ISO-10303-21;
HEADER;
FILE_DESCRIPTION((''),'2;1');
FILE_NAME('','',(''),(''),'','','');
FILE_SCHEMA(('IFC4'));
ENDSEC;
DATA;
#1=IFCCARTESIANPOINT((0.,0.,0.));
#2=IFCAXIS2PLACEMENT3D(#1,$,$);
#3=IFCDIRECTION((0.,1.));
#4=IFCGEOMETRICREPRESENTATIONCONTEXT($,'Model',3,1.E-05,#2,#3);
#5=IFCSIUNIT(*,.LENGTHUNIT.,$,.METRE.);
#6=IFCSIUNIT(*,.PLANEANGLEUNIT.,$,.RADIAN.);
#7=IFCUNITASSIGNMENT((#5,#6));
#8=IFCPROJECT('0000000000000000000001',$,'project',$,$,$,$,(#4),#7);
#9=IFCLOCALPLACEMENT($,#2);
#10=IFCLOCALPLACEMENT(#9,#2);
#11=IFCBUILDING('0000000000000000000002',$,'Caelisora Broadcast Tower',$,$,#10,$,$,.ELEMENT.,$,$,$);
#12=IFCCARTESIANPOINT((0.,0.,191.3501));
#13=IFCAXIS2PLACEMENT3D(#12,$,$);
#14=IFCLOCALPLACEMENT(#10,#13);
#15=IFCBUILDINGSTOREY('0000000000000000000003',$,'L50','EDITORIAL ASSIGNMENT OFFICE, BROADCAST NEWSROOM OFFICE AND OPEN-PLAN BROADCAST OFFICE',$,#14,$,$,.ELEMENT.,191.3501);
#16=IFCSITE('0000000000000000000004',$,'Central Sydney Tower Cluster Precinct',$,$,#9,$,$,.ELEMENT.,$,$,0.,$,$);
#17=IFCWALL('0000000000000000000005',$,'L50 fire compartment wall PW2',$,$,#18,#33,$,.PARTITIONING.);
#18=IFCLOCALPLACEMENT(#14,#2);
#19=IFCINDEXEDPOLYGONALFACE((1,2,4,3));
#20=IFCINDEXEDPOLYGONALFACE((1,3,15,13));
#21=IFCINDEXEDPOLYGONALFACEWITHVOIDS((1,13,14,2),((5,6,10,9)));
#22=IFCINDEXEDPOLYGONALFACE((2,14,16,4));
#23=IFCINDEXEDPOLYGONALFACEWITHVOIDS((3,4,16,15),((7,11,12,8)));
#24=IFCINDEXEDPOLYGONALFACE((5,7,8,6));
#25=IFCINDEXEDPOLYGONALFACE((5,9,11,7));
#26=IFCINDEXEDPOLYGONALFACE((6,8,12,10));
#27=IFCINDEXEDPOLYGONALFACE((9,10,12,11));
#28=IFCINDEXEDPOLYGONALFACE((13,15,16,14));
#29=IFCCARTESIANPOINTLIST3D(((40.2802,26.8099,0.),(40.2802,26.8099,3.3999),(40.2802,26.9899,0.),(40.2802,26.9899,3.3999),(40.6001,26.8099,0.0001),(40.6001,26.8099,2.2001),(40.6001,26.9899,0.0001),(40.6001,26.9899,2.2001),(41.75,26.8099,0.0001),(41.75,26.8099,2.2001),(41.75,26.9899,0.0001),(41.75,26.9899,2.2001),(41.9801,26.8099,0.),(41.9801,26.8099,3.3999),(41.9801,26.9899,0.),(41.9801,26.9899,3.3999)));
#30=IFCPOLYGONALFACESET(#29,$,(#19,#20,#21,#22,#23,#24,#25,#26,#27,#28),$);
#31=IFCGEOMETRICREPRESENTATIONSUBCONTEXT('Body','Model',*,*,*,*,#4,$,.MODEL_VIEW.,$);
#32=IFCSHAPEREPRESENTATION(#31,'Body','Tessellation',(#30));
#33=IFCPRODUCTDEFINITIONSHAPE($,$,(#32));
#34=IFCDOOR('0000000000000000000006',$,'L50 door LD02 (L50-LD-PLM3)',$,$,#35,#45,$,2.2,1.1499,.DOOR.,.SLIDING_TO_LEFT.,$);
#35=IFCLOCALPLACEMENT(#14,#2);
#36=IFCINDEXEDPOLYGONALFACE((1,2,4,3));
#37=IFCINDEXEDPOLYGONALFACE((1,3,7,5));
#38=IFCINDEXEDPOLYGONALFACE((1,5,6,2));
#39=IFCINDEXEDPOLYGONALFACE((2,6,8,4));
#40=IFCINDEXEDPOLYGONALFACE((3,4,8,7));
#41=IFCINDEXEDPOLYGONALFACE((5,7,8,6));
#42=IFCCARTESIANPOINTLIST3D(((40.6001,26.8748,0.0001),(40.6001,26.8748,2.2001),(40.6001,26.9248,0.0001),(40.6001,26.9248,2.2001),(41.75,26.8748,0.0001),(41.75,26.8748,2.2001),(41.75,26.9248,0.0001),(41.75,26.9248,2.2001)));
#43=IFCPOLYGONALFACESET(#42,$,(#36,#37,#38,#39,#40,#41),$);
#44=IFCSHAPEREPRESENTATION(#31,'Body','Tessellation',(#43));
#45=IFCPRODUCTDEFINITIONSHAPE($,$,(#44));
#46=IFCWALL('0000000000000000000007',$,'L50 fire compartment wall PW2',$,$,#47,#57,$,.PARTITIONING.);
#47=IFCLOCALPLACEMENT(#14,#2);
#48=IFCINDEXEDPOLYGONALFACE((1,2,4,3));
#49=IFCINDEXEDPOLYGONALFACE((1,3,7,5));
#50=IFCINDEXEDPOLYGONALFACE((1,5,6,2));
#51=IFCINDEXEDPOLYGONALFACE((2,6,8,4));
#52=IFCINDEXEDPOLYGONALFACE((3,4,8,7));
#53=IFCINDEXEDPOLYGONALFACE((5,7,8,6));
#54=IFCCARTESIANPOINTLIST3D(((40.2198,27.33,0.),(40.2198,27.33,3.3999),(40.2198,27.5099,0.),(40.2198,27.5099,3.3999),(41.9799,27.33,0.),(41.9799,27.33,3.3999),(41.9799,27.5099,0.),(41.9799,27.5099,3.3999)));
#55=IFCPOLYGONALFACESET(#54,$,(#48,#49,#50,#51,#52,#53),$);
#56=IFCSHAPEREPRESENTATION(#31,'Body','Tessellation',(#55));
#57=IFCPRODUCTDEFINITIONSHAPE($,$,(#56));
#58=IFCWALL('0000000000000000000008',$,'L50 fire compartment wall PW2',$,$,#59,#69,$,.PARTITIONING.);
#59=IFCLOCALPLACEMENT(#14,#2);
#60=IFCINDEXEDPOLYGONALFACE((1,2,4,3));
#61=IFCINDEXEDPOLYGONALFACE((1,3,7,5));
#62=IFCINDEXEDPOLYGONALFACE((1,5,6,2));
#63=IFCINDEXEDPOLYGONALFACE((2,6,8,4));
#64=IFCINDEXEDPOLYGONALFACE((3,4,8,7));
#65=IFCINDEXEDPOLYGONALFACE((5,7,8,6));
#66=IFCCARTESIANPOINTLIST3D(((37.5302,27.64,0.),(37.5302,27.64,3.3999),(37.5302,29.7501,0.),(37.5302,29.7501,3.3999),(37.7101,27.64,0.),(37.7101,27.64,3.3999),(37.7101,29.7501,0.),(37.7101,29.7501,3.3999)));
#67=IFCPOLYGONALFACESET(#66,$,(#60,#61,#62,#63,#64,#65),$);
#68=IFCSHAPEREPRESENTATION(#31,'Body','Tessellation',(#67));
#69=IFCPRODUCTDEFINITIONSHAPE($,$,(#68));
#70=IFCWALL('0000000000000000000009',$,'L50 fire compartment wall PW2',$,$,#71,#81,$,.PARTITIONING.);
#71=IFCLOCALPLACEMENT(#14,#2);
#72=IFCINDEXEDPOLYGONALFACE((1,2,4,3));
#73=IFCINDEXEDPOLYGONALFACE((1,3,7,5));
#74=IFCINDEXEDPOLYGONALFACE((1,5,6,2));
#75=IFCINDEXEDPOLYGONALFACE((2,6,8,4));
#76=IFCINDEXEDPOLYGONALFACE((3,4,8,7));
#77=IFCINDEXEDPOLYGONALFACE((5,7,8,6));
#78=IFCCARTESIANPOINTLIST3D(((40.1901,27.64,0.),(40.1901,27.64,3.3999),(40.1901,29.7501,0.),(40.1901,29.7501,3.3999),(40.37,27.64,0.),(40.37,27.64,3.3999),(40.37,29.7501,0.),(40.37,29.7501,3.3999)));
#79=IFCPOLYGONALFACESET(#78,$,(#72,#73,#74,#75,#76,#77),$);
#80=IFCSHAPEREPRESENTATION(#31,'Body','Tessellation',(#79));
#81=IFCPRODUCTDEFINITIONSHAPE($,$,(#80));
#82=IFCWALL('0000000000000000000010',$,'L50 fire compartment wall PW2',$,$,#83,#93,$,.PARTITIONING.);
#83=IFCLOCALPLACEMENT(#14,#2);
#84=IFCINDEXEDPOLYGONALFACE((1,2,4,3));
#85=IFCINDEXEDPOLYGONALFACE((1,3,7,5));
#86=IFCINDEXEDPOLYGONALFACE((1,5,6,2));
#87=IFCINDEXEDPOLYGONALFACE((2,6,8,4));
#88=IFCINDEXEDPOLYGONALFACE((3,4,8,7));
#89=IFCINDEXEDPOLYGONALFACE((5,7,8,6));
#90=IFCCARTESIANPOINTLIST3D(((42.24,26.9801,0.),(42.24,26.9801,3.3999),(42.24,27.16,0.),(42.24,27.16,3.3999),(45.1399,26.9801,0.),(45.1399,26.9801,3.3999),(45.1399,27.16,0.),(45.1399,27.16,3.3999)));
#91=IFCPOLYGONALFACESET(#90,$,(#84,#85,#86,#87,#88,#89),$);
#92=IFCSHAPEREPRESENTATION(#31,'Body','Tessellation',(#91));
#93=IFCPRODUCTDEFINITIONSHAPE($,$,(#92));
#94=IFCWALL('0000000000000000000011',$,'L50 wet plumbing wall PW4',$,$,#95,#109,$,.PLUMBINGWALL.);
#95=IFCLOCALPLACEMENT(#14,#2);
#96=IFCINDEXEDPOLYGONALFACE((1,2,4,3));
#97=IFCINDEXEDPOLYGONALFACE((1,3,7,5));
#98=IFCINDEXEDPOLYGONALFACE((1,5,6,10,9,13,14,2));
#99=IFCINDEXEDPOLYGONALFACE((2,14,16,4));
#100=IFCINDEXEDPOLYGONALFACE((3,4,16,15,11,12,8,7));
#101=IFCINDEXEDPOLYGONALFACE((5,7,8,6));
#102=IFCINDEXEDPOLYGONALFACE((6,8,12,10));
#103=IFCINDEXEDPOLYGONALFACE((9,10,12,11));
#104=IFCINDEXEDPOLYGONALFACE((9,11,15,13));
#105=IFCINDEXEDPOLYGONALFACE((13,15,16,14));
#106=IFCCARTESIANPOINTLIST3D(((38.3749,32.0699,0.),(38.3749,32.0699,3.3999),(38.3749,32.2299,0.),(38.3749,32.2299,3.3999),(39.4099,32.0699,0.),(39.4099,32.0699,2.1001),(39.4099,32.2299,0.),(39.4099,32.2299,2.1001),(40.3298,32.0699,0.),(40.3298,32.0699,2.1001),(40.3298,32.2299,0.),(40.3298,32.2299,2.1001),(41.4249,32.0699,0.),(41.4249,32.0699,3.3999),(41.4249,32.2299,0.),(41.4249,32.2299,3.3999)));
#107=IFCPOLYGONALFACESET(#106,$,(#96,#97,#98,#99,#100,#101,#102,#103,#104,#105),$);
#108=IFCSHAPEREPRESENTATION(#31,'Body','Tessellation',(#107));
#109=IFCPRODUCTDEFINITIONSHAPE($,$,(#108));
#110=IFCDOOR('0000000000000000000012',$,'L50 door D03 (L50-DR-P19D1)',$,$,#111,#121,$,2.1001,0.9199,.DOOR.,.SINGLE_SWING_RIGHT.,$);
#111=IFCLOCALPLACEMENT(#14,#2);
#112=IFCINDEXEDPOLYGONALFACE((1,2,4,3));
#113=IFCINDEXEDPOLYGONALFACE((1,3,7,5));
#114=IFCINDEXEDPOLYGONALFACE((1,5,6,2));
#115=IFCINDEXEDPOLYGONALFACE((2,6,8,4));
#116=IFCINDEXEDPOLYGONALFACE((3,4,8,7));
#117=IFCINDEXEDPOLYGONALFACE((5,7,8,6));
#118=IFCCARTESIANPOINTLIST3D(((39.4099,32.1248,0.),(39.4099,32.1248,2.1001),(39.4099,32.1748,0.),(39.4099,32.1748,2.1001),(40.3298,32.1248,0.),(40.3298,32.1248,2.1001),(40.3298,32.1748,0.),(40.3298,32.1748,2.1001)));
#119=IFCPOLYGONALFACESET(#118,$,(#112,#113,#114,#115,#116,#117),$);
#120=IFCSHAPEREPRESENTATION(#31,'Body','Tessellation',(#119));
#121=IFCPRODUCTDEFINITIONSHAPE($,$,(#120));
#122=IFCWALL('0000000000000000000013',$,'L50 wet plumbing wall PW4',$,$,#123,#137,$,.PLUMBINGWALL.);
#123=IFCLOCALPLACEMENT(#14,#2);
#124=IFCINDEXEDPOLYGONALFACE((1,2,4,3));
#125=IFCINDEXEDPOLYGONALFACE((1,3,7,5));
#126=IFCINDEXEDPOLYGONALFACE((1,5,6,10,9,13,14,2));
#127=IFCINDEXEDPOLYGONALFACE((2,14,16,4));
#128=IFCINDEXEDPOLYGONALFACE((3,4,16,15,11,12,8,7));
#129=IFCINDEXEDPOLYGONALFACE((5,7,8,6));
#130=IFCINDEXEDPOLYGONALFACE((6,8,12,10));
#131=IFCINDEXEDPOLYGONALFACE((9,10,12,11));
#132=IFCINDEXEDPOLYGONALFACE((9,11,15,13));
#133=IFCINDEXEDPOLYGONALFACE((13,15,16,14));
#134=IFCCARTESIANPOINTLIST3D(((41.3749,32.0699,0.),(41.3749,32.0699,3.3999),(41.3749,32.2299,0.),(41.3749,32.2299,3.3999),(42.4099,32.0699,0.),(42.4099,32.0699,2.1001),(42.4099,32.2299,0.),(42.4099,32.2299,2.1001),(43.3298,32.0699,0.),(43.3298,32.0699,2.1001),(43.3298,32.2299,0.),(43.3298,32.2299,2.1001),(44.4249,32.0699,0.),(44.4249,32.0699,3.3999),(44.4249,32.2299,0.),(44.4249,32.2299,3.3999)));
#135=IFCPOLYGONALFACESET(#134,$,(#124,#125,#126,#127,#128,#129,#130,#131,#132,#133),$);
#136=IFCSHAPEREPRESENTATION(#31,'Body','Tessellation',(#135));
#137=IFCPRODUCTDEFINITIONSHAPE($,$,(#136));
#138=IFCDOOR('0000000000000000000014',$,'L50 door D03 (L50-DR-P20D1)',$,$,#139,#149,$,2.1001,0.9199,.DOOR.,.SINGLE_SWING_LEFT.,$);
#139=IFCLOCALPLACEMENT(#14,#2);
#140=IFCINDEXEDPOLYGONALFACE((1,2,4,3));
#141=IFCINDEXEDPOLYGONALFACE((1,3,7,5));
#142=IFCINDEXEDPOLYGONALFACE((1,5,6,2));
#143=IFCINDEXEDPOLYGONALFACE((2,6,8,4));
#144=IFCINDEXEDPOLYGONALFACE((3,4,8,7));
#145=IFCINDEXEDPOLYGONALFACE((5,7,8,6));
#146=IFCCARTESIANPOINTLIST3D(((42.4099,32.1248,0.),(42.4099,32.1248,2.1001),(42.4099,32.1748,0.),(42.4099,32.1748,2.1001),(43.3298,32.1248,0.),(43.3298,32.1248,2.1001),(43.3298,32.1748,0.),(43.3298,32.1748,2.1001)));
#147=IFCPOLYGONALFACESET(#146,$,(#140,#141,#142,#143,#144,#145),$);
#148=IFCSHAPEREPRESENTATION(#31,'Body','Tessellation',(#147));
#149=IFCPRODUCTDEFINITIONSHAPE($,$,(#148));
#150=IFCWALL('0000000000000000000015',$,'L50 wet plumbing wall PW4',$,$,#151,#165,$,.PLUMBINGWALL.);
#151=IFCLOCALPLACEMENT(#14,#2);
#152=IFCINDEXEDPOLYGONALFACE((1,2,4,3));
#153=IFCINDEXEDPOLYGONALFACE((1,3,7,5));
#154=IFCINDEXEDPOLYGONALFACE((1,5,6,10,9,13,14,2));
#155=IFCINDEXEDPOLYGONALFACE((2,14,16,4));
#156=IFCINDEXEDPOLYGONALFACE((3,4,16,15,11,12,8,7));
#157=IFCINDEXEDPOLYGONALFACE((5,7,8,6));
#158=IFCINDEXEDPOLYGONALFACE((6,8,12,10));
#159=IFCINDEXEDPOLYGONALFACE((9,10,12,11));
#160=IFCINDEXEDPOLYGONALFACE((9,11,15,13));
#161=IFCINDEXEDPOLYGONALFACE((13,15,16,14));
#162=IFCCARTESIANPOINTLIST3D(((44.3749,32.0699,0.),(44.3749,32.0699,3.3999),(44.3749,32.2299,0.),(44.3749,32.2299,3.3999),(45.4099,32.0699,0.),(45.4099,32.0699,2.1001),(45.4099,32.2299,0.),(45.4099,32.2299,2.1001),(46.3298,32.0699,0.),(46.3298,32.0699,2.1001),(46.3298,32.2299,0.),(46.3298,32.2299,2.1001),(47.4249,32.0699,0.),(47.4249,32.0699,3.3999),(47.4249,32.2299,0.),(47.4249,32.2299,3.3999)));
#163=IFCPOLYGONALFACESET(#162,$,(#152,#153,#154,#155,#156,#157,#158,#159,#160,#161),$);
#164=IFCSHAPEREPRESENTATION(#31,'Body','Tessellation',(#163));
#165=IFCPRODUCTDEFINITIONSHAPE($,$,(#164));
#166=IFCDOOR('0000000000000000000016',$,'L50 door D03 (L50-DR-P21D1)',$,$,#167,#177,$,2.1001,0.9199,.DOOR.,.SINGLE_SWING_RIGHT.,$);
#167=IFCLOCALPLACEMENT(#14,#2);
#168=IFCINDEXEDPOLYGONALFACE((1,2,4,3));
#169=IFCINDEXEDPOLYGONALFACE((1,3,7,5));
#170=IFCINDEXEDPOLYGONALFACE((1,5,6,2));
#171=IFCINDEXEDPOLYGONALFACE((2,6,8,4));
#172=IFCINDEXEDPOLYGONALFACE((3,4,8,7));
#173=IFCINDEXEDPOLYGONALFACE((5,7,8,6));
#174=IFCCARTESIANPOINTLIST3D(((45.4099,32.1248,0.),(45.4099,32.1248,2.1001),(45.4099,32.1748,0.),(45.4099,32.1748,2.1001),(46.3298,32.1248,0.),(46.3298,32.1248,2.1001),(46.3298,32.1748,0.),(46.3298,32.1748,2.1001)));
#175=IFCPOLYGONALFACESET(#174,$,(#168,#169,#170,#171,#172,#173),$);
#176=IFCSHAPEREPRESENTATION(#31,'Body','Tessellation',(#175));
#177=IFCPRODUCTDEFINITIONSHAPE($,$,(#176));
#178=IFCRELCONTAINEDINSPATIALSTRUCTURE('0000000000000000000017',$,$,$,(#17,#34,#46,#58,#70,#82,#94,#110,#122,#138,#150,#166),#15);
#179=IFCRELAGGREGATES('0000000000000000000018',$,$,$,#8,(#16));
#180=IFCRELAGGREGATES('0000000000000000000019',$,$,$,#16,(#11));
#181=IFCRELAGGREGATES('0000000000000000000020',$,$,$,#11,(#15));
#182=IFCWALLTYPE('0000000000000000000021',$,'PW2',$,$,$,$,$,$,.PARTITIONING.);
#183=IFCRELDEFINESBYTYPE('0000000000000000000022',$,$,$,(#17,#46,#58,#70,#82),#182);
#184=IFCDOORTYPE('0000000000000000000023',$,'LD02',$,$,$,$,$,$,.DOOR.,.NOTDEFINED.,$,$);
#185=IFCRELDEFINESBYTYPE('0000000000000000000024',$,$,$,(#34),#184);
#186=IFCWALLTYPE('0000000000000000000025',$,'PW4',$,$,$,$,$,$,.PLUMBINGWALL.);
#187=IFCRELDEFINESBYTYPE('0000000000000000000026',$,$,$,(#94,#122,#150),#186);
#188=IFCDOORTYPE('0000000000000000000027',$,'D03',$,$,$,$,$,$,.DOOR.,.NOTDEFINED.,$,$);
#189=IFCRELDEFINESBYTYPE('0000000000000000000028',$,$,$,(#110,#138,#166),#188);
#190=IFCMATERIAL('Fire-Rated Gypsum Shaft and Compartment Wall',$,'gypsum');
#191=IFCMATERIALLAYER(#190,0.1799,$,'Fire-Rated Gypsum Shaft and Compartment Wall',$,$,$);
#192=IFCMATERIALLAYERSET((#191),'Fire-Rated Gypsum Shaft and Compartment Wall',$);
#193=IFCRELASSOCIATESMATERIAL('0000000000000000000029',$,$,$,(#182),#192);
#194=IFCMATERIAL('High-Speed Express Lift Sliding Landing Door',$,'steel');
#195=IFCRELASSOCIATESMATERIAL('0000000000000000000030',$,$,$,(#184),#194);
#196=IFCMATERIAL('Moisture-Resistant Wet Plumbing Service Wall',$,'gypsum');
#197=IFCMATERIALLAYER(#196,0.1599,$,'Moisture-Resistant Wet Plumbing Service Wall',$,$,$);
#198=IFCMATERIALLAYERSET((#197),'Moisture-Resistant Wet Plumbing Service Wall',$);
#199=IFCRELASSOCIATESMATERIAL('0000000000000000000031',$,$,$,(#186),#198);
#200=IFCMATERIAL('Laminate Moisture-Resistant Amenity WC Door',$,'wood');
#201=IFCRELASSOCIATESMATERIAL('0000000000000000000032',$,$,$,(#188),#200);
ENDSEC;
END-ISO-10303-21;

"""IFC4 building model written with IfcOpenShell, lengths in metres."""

from ifc_helpers import new_model, si_unit, direction, frame, frame_2d, origin, place, context, subcontext, project, spatial, rectangle, extrude, material, layer, layer_set, type_object, element, fill, save


model = new_model("IFC4")

# Units and contexts
model_context = context("Model", 3, precision=1e-05, world=origin(), true_north=direction((0.0, 1.0)))
body_context = subcontext(model_context, "Body", "Model", "MODEL_VIEW")
ifc_project = project(units=[si_unit("LENGTHUNIT", "METRE"), si_unit("PLANEANGLEUNIT", "RADIAN")], contexts=[model_context])

# Site, building, storey
site_placement = place(None, origin())
site = spatial("IfcSite", under=ifc_project, at=site_placement, Name="Central Sydney Tower Cluster Precinct", CompositionType="ELEMENT", RefElevation=0.0)
building_placement = place(site_placement, origin())
building = spatial("IfcBuilding", under=site, at=building_placement, Name="Caelisora Broadcast Tower", CompositionType="ELEMENT")
storey_placement = place(building_placement, frame((0.0, 0.0, 191.3501)))
storey = spatial("IfcBuildingStorey", under=building, at=storey_placement, Name="L50", Description="EDITORIAL ASSIGNMENT OFFICE, BROADCAST NEWSROOM OFFICE AND OPEN-PLAN BROADCAST OFFICE", CompositionType="ELEMENT", Elevation=191.3501)

# Wall, opening, door
ifc_material_1 = material(Name="Fire-Rated Gypsum Shaft and Compartment Wall", Category="gypsum")
ifc_layer_1 = layer(ifc_material_1, 0.1799, Name="Fire-Rated Gypsum Shaft and Compartment Wall")
ifc_layer_set_1 = layer_set([ifc_layer_1], Name="Fire-Rated Gypsum Shaft and Compartment Wall")
wall_type_1 = type_object("IfcWallType", Name="PW2", PredefinedType="PARTITIONING", material=ifc_layer_set_1)
wall_1_placement = place(storey_placement, frame((40.28, 26.8999, 0.0), z_axis=(0.0, 0.0, 1.0), x_axis=(1.0, 0.0, 0.0)))
wall_1 = element("IfcWall", 1, at=wall_1_placement, inside=storey, type_object=wall_type_1, Name="L50 fire compartment wall PW2", PredefinedType="PARTITIONING", context=body_context, shape_type="SweptSolid", body=[
    extrude(rectangle(XDim=1.7, YDim=0.1799, at=frame_2d((0.8501, 0.0))), origin(), (0.0, 0.0, 1.0), 3.3999),
])
opening_1_placement = place(wall_1_placement, frame((0.3201, 0.0, 0.0)))
opening_1 = element("IfcOpeningElement", 2, at=opening_1_placement, cuts=wall_1, PredefinedType="OPENING", context=body_context, shape_type="SweptSolid", body=[
    extrude(rectangle(XDim=1.1499, YDim=2.2, at=frame_2d((0.575, 1.1001))), frame((0.0, 0.1021, 0.0), z_axis=(0.0, -1.0, 0.0), x_axis=(1.0, 0.0, 0.0)), (0.0, 0.0, 1.0), 0.2039),
])
ifc_material_2 = material(Name="High-Speed Express Lift Sliding Landing Door", Category="steel")
door_type_1 = type_object("IfcDoorType", Name="LD02", OperationType="NOTDEFINED", PredefinedType="DOOR", material=ifc_material_2)
door_1_placement = place(opening_1_placement, origin())
door_1 = element("IfcDoor", 3, at=door_1_placement, inside=storey, type_object=door_type_1, Name="L50 door LD02 (L50-LD-PLM3)", OperationType="SLIDING_TO_LEFT", OverallHeight=2.2, OverallWidth=1.1499, PredefinedType="DOOR", context=body_context, shape_type="SweptSolid", body=[
    extrude(rectangle(XDim=1.1499, YDim=2.2, at=frame_2d((0.575, 1.1001))), frame((0.0, 0.0249, 0.0), z_axis=(0.0, -1.0, 0.0), x_axis=(1.0, 0.0, 0.0)), (0.0, 0.0, 1.0), 0.05),
])
fill(opening_1, door_1)

# Walls
wall_2_placement = place(storey_placement, frame((40.22, 27.4199, 0.0), z_axis=(0.0, 0.0, 1.0), x_axis=(1.0, 0.0, 0.0)))
element("IfcWall", 4, at=wall_2_placement, inside=storey, type_object=wall_type_1, Name="L50 fire compartment wall PW2", PredefinedType="PARTITIONING", context=body_context, shape_type="SweptSolid", body=[
    extrude(rectangle(XDim=1.76, YDim=0.1799, at=frame_2d((0.8799, 0.0))), origin(), (0.0, 0.0, 1.0), 3.3999),
])
for number, where, z_axis, x_axis, name in (
    (5, (37.6201, 27.6399, 0.0), (0.0, 0.0, 1.0), (0.0, 1.0, 0.0), "L50 fire compartment wall PW2"),
    (6, (40.28, 27.6399, 0.0), (0.0, 0.0, 1.0), (0.0, 1.0, 0.0), "L50 fire compartment wall PW2"),
):
    element("IfcWall", number, at=place(storey_placement, frame(where, z_axis=z_axis, x_axis=x_axis)), inside=storey, type_object=wall_type_1, Name=name, PredefinedType="PARTITIONING", context=body_context, shape_type="SweptSolid", body=[
        extrude(rectangle(XDim=2.1101, YDim=0.1799, at=frame_2d((1.0552, 0.0))), origin(), (0.0, 0.0, 1.0), 3.3999),
    ])
wall_3_placement = place(storey_placement, frame((42.24, 27.0701, 0.0), z_axis=(0.0, 0.0, 1.0), x_axis=(1.0, 0.0, 0.0)))
element("IfcWall", 7, at=wall_3_placement, inside=storey, type_object=wall_type_1, Name="L50 fire compartment wall PW2", PredefinedType="PARTITIONING", context=body_context, shape_type="SweptSolid", body=[
    extrude(rectangle(XDim=2.8999, YDim=0.1799, at=frame_2d((1.45, 0.0))), origin(), (0.0, 0.0, 1.0), 3.3999),
])

# Walls, openings, doors
ifc_material_3 = material(Name="Moisture-Resistant Wet Plumbing Service Wall", Category="gypsum")
ifc_layer_2 = layer(ifc_material_3, 0.1599, Name="Moisture-Resistant Wet Plumbing Service Wall")
ifc_layer_set_2 = layer_set([ifc_layer_2], Name="Moisture-Resistant Wet Plumbing Service Wall")
wall_type_2 = type_object("IfcWallType", Name="PW4", PredefinedType="PLUMBINGWALL", material=ifc_layer_set_2)
wall_4_placement = place(storey_placement, frame((38.375, 32.1499, 0.0), z_axis=(0.0, 0.0, 1.0), x_axis=(1.0, 0.0, 0.0)))
wall_4 = element("IfcWall", 8, at=wall_4_placement, inside=storey, type_object=wall_type_2, Name="L50 wet plumbing wall PW4", PredefinedType="PLUMBINGWALL", context=body_context, shape_type="SweptSolid", body=[
    extrude(rectangle(XDim=3.05, YDim=0.1599, at=frame_2d((1.5249, 0.0))), origin(), (0.0, 0.0, 1.0), 3.3999),
])
opening_2_placement = place(wall_4_placement, frame((1.0349, 0.0, 0.0)))
opening_2 = element("IfcOpeningElement", 9, at=opening_2_placement, cuts=wall_4, PredefinedType="OPENING", context=body_context, shape_type="SweptSolid", body=[
    extrude(rectangle(XDim=0.9199, YDim=2.1001, at=frame_2d((0.46, 1.05))), frame((0.0, 0.092, 0.0), z_axis=(0.0, -1.0, 0.0), x_axis=(1.0, 0.0, 0.0)), (0.0, 0.0, 1.0), 0.1838),
])
ifc_material_4 = material(Name="Laminate Moisture-Resistant Amenity WC Door", Category="wood")
door_type_2 = type_object("IfcDoorType", Name="D03", OperationType="NOTDEFINED", PredefinedType="DOOR", material=ifc_material_4)
door_2_placement = place(opening_2_placement, origin())
door_2 = element("IfcDoor", 10, at=door_2_placement, inside=storey, type_object=door_type_2, Name="L50 door D03 (L50-DR-P19D1)", OperationType="SINGLE_SWING_RIGHT", OverallHeight=2.1001, OverallWidth=0.9199, PredefinedType="DOOR", context=body_context, shape_type="SweptSolid", body=[
    extrude(rectangle(XDim=0.9199, YDim=2.1001, at=frame_2d((0.46, 1.05))), frame((0.0, 0.0249, 0.0), z_axis=(0.0, -1.0, 0.0), x_axis=(1.0, 0.0, 0.0)), (0.0, 0.0, 1.0), 0.05),
])
fill(opening_2, door_2)
wall_5_placement = place(storey_placement, frame((41.375, 32.1499, 0.0), z_axis=(0.0, 0.0, 1.0), x_axis=(1.0, 0.0, 0.0)))
wall_5 = element("IfcWall", 11, at=wall_5_placement, inside=storey, type_object=wall_type_2, Name="L50 wet plumbing wall PW4", PredefinedType="PLUMBINGWALL", context=body_context, shape_type="SweptSolid", body=[
    extrude(rectangle(XDim=3.05, YDim=0.1599, at=frame_2d((1.5249, 0.0))), origin(), (0.0, 0.0, 1.0), 3.3999),
])
opening_3_placement = place(wall_5_placement, frame((1.0349, 0.0, 0.0)))
opening_3 = element("IfcOpeningElement", 12, at=opening_3_placement, cuts=wall_5, PredefinedType="OPENING", context=body_context, shape_type="SweptSolid", body=[
    extrude(rectangle(XDim=0.9199, YDim=2.1001, at=frame_2d((0.46, 1.05))), frame((0.0, 0.092, 0.0), z_axis=(0.0, -1.0, 0.0), x_axis=(1.0, 0.0, 0.0)), (0.0, 0.0, 1.0), 0.1838),
])
door_3_placement = place(opening_3_placement, origin())
door_3 = element("IfcDoor", 13, at=door_3_placement, inside=storey, type_object=door_type_2, Name="L50 door D03 (L50-DR-P20D1)", OperationType="SINGLE_SWING_LEFT", OverallHeight=2.1001, OverallWidth=0.9199, PredefinedType="DOOR", context=body_context, shape_type="SweptSolid", body=[
    extrude(rectangle(XDim=0.9199, YDim=2.1001, at=frame_2d((0.46, 1.05))), frame((0.0, 0.0249, 0.0), z_axis=(0.0, -1.0, 0.0), x_axis=(1.0, 0.0, 0.0)), (0.0, 0.0, 1.0), 0.05),
])
fill(opening_3, door_3)
wall_6_placement = place(storey_placement, frame((44.375, 32.1499, 0.0), z_axis=(0.0, 0.0, 1.0), x_axis=(1.0, 0.0, 0.0)))
wall_6 = element("IfcWall", 14, at=wall_6_placement, inside=storey, type_object=wall_type_2, Name="L50 wet plumbing wall PW4", PredefinedType="PLUMBINGWALL", context=body_context, shape_type="SweptSolid", body=[
    extrude(rectangle(XDim=3.05, YDim=0.1599, at=frame_2d((1.5249, 0.0))), origin(), (0.0, 0.0, 1.0), 3.3999),
])
opening_4_placement = place(wall_6_placement, frame((1.0349, 0.0, 0.0)))
opening_4 = element("IfcOpeningElement", 15, at=opening_4_placement, cuts=wall_6, PredefinedType="OPENING", context=body_context, shape_type="SweptSolid", body=[
    extrude(rectangle(XDim=0.9199, YDim=2.1001, at=frame_2d((0.46, 1.05))), frame((0.0, 0.092, 0.0), z_axis=(0.0, -1.0, 0.0), x_axis=(1.0, 0.0, 0.0)), (0.0, 0.0, 1.0), 0.1838),
])
door_4_placement = place(opening_4_placement, origin())
door_4 = element("IfcDoor", 16, at=door_4_placement, inside=storey, type_object=door_type_2, Name="L50 door D03 (L50-DR-P21D1)", OperationType="SINGLE_SWING_RIGHT", OverallHeight=2.1001, OverallWidth=0.9199, PredefinedType="DOOR", context=body_context, shape_type="SweptSolid", body=[
    extrude(rectangle(XDim=0.9199, YDim=2.1001, at=frame_2d((0.46, 1.05))), frame((0.0, 0.0249, 0.0), z_axis=(0.0, -1.0, 0.0), x_axis=(1.0, 0.0, 0.0)), (0.0, 0.0, 1.0), 0.05),
])
fill(opening_4, door_4)

save(model, "model.ifc")
